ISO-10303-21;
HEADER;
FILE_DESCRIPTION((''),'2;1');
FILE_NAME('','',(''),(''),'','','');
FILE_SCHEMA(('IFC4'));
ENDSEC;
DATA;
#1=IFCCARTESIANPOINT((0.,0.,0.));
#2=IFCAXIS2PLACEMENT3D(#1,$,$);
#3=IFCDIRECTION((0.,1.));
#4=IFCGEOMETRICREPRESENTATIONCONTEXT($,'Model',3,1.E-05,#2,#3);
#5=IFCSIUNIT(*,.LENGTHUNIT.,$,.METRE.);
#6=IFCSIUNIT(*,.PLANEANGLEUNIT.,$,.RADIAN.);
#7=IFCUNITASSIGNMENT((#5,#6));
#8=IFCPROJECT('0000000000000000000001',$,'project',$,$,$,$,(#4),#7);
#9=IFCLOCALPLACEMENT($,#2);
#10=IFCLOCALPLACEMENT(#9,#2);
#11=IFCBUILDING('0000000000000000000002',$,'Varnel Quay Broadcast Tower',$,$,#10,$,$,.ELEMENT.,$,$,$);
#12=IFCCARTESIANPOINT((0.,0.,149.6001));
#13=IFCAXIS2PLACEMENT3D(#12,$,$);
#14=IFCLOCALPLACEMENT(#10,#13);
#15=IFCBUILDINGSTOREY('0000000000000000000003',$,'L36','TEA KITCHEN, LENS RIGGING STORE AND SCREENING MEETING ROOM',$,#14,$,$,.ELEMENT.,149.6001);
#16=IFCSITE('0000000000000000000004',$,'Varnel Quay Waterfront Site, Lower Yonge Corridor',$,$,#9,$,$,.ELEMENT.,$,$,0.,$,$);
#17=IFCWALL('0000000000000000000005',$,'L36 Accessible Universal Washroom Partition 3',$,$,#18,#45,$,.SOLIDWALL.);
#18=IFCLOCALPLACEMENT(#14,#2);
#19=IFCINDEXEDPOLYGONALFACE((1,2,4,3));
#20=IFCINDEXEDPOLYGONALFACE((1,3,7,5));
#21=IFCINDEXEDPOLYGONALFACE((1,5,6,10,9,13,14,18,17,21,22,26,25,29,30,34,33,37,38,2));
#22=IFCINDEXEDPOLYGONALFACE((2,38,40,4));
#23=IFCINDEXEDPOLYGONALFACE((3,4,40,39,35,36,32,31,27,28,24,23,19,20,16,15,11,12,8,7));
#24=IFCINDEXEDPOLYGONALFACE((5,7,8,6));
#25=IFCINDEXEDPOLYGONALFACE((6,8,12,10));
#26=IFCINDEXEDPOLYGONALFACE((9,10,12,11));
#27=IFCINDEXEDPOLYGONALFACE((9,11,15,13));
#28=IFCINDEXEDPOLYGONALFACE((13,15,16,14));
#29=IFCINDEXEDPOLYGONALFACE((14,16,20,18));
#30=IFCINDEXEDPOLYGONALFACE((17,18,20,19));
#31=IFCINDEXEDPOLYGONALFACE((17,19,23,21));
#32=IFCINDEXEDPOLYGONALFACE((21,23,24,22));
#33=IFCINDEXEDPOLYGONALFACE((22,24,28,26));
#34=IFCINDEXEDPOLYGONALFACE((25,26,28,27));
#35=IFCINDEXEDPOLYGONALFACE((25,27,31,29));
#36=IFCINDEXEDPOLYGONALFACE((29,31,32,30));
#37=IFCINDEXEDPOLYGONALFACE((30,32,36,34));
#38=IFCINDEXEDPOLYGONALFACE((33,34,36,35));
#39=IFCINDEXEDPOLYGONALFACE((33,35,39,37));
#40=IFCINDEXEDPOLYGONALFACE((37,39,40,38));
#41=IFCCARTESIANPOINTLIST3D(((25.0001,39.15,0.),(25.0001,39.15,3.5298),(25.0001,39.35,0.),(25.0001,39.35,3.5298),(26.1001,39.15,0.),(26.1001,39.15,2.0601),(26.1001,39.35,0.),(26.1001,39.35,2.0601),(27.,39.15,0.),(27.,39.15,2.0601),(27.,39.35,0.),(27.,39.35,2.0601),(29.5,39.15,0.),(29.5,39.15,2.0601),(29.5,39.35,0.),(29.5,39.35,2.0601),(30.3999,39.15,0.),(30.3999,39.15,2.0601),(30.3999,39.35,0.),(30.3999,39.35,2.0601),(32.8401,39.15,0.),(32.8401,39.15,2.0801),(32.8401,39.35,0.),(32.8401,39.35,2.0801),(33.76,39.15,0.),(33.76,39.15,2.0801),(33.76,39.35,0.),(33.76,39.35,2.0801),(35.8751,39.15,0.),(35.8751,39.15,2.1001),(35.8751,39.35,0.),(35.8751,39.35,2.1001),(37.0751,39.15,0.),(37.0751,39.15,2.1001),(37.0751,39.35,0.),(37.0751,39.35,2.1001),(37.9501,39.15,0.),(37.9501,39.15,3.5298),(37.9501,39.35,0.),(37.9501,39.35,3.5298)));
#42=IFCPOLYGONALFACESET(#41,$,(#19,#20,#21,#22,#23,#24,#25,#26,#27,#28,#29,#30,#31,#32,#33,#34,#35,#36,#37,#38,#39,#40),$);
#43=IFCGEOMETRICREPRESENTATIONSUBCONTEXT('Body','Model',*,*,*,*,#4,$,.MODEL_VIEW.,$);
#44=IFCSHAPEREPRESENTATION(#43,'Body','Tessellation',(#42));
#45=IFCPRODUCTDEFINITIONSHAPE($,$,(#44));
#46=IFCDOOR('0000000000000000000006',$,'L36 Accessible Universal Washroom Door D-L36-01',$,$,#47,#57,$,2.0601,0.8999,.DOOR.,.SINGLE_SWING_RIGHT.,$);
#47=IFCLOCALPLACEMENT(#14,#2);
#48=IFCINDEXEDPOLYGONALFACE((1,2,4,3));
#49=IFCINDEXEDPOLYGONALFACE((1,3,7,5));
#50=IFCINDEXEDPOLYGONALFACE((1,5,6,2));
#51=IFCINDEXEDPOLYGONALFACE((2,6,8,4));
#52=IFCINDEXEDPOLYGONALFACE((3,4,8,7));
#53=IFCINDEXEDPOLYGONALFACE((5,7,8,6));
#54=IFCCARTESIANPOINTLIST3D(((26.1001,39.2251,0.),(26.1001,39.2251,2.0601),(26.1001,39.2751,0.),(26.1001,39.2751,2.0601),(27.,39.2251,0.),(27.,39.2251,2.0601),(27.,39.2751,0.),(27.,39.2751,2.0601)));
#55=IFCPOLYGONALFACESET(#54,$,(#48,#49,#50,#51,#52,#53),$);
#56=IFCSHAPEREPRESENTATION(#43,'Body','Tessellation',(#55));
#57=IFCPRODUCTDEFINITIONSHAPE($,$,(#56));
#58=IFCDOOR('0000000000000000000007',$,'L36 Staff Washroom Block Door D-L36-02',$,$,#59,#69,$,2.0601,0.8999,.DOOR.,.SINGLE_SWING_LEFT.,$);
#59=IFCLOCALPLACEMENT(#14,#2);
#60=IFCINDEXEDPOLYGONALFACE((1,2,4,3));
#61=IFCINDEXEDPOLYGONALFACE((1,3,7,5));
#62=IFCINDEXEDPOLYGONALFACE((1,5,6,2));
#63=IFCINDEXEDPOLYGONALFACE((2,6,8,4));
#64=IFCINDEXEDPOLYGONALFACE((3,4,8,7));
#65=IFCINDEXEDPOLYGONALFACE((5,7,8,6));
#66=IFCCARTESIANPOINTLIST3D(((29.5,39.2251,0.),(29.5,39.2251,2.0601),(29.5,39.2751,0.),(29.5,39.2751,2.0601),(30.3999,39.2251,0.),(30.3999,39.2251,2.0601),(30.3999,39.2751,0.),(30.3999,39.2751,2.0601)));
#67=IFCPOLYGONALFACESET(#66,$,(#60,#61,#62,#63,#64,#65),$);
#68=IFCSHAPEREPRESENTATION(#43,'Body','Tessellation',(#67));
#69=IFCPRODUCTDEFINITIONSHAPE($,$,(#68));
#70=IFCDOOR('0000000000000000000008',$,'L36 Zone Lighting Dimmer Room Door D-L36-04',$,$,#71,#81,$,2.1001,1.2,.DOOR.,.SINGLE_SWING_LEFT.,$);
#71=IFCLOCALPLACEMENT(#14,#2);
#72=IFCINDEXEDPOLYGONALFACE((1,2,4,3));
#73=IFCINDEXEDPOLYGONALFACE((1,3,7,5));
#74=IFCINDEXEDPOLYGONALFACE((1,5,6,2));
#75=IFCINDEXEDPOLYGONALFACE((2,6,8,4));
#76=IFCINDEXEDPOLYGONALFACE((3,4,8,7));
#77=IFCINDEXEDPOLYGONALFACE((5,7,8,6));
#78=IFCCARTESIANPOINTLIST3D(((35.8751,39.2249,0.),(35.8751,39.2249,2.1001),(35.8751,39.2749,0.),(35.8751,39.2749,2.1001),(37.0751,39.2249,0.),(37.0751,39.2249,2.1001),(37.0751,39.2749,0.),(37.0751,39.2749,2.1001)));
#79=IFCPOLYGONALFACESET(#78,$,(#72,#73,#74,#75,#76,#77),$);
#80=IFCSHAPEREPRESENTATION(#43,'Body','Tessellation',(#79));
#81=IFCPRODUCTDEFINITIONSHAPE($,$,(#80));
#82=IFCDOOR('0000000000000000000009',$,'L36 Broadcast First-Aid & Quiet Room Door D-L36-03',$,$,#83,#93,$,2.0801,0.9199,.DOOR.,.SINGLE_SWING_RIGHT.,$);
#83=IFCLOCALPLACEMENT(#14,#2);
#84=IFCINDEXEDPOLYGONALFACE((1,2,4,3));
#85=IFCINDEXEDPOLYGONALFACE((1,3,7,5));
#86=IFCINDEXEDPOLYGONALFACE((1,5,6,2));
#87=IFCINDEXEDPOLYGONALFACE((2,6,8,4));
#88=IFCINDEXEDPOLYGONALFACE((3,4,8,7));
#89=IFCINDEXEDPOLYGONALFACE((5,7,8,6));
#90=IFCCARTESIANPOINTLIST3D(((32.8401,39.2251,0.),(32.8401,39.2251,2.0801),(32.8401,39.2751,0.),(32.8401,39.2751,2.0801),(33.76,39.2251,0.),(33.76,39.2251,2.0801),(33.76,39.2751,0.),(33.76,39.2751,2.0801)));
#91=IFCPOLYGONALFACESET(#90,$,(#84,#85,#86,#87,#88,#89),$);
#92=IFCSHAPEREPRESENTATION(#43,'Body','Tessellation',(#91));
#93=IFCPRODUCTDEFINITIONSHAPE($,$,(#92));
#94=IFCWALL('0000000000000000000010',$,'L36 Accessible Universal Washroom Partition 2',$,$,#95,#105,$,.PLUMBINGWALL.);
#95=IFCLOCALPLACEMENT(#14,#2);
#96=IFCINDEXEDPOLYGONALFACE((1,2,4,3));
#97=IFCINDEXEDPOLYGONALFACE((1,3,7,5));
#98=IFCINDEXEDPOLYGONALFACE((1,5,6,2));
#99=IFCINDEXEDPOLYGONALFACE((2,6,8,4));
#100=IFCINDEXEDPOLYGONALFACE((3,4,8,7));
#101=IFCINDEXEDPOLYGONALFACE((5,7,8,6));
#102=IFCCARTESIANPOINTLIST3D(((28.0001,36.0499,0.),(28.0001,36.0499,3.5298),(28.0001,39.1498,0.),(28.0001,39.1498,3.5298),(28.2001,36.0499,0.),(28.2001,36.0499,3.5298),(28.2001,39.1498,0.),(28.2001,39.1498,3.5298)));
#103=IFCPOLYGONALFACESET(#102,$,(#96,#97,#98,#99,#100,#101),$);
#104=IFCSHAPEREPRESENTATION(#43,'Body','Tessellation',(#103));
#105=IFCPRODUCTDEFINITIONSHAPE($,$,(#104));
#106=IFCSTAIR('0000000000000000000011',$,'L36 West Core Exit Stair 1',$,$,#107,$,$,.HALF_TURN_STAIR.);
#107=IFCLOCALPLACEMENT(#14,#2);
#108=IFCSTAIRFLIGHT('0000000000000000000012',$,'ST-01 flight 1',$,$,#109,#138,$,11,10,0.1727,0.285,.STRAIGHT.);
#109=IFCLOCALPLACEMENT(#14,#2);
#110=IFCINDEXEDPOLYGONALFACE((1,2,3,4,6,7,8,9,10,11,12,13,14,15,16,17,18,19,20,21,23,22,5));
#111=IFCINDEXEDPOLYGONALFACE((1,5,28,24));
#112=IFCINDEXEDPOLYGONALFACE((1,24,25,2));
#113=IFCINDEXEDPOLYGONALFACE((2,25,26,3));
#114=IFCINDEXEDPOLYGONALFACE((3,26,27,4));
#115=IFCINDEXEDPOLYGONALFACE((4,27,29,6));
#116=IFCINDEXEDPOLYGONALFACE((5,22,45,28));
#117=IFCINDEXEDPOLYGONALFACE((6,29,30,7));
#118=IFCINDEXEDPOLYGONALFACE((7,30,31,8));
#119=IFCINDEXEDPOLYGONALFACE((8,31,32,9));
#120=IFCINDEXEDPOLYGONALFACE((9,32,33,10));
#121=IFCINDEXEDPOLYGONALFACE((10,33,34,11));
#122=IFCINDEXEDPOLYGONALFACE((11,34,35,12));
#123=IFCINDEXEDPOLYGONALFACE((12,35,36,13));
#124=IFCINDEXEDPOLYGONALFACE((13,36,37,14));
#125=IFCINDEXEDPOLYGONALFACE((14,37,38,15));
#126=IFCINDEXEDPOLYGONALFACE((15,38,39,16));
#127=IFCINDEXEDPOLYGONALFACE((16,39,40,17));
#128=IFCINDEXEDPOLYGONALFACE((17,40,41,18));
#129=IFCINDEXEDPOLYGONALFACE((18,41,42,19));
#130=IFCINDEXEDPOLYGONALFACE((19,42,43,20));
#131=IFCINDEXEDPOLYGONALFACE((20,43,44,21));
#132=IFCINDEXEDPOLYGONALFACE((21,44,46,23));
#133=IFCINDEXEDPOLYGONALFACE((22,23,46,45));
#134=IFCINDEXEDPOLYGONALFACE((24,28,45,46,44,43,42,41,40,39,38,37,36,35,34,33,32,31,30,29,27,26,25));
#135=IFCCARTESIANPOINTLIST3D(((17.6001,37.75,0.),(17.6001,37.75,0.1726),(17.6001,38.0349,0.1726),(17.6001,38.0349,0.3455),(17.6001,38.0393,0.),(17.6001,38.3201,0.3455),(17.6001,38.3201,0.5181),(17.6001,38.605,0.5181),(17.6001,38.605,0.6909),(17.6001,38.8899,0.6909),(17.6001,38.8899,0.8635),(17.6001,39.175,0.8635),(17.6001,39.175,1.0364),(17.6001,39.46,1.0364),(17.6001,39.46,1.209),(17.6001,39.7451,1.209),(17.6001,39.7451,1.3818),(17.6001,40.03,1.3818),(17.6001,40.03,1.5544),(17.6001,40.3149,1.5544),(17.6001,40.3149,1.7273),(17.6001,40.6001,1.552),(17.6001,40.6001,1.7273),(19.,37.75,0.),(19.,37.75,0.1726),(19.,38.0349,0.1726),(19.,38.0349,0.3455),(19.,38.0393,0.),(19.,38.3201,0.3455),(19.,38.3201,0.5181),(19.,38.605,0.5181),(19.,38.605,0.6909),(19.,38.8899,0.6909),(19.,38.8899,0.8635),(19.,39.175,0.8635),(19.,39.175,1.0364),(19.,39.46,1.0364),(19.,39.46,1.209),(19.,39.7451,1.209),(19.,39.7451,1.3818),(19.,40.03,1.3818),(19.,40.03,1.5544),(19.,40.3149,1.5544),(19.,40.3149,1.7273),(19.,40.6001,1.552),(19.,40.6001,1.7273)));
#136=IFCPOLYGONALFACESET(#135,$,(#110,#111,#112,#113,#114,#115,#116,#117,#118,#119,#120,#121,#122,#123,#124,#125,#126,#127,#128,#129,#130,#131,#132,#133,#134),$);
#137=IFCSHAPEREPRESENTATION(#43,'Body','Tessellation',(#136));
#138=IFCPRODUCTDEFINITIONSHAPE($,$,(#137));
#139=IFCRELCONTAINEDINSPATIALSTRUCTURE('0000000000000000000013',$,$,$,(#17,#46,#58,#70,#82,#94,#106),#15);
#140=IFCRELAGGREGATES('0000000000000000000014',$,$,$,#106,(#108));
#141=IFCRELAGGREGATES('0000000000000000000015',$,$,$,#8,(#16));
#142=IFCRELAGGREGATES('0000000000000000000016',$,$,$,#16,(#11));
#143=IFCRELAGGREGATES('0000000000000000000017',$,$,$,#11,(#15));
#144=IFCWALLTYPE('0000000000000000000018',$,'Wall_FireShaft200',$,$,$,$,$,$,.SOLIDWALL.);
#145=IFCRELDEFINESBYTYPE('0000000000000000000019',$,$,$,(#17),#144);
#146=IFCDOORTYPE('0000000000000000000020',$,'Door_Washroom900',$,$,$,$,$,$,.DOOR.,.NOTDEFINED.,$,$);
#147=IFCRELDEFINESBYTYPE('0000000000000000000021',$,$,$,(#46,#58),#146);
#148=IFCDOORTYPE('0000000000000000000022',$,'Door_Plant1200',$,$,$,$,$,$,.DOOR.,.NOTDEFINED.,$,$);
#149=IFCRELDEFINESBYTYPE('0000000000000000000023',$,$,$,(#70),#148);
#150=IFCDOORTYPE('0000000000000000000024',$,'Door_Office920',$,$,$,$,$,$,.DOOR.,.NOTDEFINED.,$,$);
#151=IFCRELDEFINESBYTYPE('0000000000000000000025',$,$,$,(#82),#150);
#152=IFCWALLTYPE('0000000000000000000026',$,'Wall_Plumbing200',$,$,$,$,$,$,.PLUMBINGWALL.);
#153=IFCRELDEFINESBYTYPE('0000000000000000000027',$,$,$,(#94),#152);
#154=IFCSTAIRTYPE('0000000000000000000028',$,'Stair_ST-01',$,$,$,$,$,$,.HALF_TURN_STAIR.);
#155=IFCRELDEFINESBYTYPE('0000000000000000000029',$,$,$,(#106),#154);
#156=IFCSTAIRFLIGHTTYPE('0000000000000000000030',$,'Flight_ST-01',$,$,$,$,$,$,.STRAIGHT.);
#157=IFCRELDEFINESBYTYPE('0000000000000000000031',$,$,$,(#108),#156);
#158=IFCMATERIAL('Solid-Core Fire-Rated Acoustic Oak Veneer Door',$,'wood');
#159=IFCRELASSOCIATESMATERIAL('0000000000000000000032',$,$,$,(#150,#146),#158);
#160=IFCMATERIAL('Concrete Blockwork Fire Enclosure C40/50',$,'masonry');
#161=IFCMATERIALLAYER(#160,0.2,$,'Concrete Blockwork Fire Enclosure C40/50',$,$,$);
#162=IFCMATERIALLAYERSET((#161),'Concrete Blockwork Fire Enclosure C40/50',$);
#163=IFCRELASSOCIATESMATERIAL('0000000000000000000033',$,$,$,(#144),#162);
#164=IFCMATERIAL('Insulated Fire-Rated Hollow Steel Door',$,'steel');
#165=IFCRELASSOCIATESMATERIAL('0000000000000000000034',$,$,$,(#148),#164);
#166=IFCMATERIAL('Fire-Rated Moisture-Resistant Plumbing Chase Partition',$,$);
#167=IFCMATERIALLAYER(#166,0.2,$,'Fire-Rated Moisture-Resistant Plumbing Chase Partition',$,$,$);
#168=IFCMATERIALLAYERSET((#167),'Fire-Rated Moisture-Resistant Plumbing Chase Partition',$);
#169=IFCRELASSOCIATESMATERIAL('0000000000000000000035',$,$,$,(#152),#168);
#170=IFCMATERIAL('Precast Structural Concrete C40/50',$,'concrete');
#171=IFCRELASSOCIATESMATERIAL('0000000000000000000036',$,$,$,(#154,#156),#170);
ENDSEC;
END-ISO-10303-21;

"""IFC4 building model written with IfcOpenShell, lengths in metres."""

from ifc_helpers import new_model, si_unit, direction, frame, frame_2d, origin, place, context, subcontext, project, spatial, polyline, rectangle, outline, extrude, source, transform, mapped, material, layer, layer_set, type_object, type_shapes, element, fill, aggregate, save


model = new_model("IFC4")

# Units and contexts
model_context = context("Model", 3, precision=1e-05, world=origin(), true_north=direction((0.0, 1.0)))
body_context = subcontext(model_context, "Body", "Model", "MODEL_VIEW")
ifc_project = project(units=[si_unit("LENGTHUNIT", "METRE"), si_unit("PLANEANGLEUNIT", "RADIAN")], contexts=[model_context])

# Site, building, storey
site_placement = place(None, origin())
site = spatial("IfcSite", under=ifc_project, at=site_placement, Name="Varnel Quay Waterfront Site, Lower Yonge Corridor", CompositionType="ELEMENT", RefElevation=0.0)
building_placement = place(site_placement, origin())
building = spatial("IfcBuilding", under=site, at=building_placement, Name="Varnel Quay Broadcast Tower", CompositionType="ELEMENT")
storey_placement = place(building_placement, frame((0.0, 0.0, 149.6001)))
storey = spatial("IfcBuildingStorey", under=building, at=storey_placement, Name="L36", Description="TEA KITCHEN, LENS RIGGING STORE AND SCREENING MEETING ROOM", CompositionType="ELEMENT", Elevation=149.6001)

# Wall, openings, doors
ifc_material_1 = material(Name="Solid-Core Fire-Rated Acoustic Oak Veneer Door", Category="wood")
door_type_1 = type_object("IfcDoorType", Name="Door_Office920", OperationType="NOTDEFINED", PredefinedType="DOOR", material=ifc_material_1)
shared_shape_1 = source(origin(), body_context, "Body", "SweptSolid", [
    extrude(rectangle(XDim=0.9199, YDim=2.0801, at=frame_2d((0.46, 1.04))), frame((0.0, 0.0249, 0.0), z_axis=(0.0, -1.0, 0.0), x_axis=(1.0, 0.0, 0.0)), (0.0, 0.0, 1.0), 0.05),
])
type_shapes(door_type_1, [shared_shape_1])
ifc_material_2 = material(Name="Concrete Blockwork Fire Enclosure C40/50", Category="masonry")
ifc_layer_1 = layer(ifc_material_2, 0.2, Name="Concrete Blockwork Fire Enclosure C40/50")
ifc_layer_set_1 = layer_set([ifc_layer_1], Name="Concrete Blockwork Fire Enclosure C40/50")
wall_type_1 = type_object("IfcWallType", Name="Wall_FireShaft200", PredefinedType="SOLIDWALL", material=ifc_layer_set_1)
wall_1_placement = place(storey_placement, frame((25.0, 39.25, 0.0), z_axis=(0.0, 0.0, 1.0), x_axis=(1.0, 0.0, 0.0)))
wall_1 = element("IfcWall", 1, at=wall_1_placement, inside=storey, type_object=wall_type_1, Name="L36 Accessible Universal Washroom Partition 3", PredefinedType="SOLIDWALL", context=body_context, shape_type="SweptSolid", body=[
    extrude(rectangle(XDim=12.95, YDim=0.2, at=frame_2d((6.4751, 0.0))), origin(), (0.0, 0.0, 1.0), 3.5298),
])
opening_1_placement = place(wall_1_placement, frame((1.1001, 0.0, 0.0)))
opening_1 = element("IfcOpeningElement", 2, at=opening_1_placement, cuts=wall_1, PredefinedType="OPENING", context=body_context, shape_type="SweptSolid", body=[
    extrude(rectangle(XDim=0.8999, YDim=2.0601, at=frame_2d((0.45, 1.03))), frame((0.0, 0.1099, 0.0), z_axis=(0.0, -1.0, 0.0), x_axis=(1.0, 0.0, 0.0)), (0.0, 0.0, 1.0), 0.22),
])
opening_2_placement = place(wall_1_placement, frame((4.5, 0.0, 0.0)))
opening_2 = element("IfcOpeningElement", 3, at=opening_2_placement, cuts=wall_1, PredefinedType="OPENING", context=body_context, shape_type="SweptSolid", body=[
    extrude(rectangle(XDim=0.8999, YDim=2.0601, at=frame_2d((0.45, 1.03))), frame((0.0, 0.1099, 0.0), z_axis=(0.0, -1.0, 0.0), x_axis=(1.0, 0.0, 0.0)), (0.0, 0.0, 1.0), 0.22),
])
opening_3_placement = place(wall_1_placement, frame((7.8401, 0.0, 0.0)))
opening_3 = element("IfcOpeningElement", 4, at=opening_3_placement, cuts=wall_1, PredefinedType="OPENING", context=body_context, shape_type="SweptSolid", body=[
    extrude(rectangle(XDim=0.9199, YDim=2.0801, at=frame_2d((0.46, 1.04))), frame((0.0, 0.1099, 0.0), z_axis=(0.0, -1.0, 0.0), x_axis=(1.0, 0.0, 0.0)), (0.0, 0.0, 1.0), 0.22),
])
opening_4_placement = place(wall_1_placement, frame((10.875, 0.0, 0.0)))
opening_4 = element("IfcOpeningElement", 5, at=opening_4_placement, cuts=wall_1, PredefinedType="OPENING", context=body_context, shape_type="SweptSolid", body=[
    extrude(rectangle(XDim=1.2, YDim=2.1001, at=frame_2d((0.6001, 1.05))), frame((0.0, 0.1099, 0.0), z_axis=(0.0, -1.0, 0.0), x_axis=(1.0, 0.0, 0.0)), (0.0, 0.0, 1.0), 0.22),
])
door_type_2 = type_object("IfcDoorType", Name="Door_Washroom900", OperationType="NOTDEFINED", PredefinedType="DOOR", material=ifc_material_1)
shared_shape_2 = source(origin(), body_context, "Body", "SweptSolid", [
    extrude(rectangle(XDim=0.8999, YDim=2.0601, at=frame_2d((0.45, 1.03))), frame((0.0, 0.0249, 0.0), z_axis=(0.0, -1.0, 0.0), x_axis=(1.0, 0.0, 0.0)), (0.0, 0.0, 1.0), 0.05),
])
type_shapes(door_type_2, [shared_shape_2])
door_1_placement = place(opening_1_placement, frame((0.8999, 0.0, 0.0), z_axis=(0.0, 0.0, 1.0), x_axis=(-1.0, 0.0, 0.0)))
door_1 = element("IfcDoor", 6, at=door_1_placement, inside=storey, type_object=door_type_2, Name="L36 Accessible Universal Washroom Door D-L36-01", OperationType="SINGLE_SWING_RIGHT", OverallHeight=2.0601, OverallWidth=0.8999, PredefinedType="DOOR", context=body_context, shape_type="MappedRepresentation", body=[
    mapped(shared_shape_2, transform((0.0, 0.0, 0.0), x_axis=(1.0, 0.0, 0.0), y_axis=(0.0, 1.0, 0.0), z_axis=(0.0, 0.0, 1.0), scale=1.0)),
])
fill(opening_1, door_1)
door_2_placement = place(opening_2_placement, frame((0.8999, 0.0, 0.0), z_axis=(0.0, 0.0, 1.0), x_axis=(-1.0, 0.0, 0.0)))
door_2 = element("IfcDoor", 7, at=door_2_placement, inside=storey, type_object=door_type_2, Name="L36 Staff Washroom Block Door D-L36-02", OperationType="SINGLE_SWING_LEFT", OverallHeight=2.0601, OverallWidth=0.8999, PredefinedType="DOOR", context=body_context, shape_type="MappedRepresentation", body=[
    mapped(shared_shape_2, transform((0.0, 0.0, 0.0), x_axis=(1.0, 0.0, 0.0), y_axis=(0.0, 1.0, 0.0), z_axis=(0.0, 0.0, 1.0), scale=1.0)),
])
fill(opening_2, door_2)
ifc_material_3 = material(Name="Insulated Fire-Rated Hollow Steel Door", Category="steel")
door_type_3 = type_object("IfcDoorType", Name="Door_Plant1200", OperationType="NOTDEFINED", PredefinedType="DOOR", material=ifc_material_3)
shared_shape_3 = source(origin(), body_context, "Body", "SweptSolid", [
    extrude(rectangle(XDim=1.2, YDim=2.1001, at=frame_2d((0.6001, 1.05))), frame((0.0, 0.0249, 0.0), z_axis=(0.0, -1.0, 0.0), x_axis=(1.0, 0.0, 0.0)), (0.0, 0.0, 1.0), 0.05),
])
type_shapes(door_type_3, [shared_shape_3])
door_3_placement = place(opening_4_placement, origin())
door_3 = element("IfcDoor", 8, at=door_3_placement, inside=storey, type_object=door_type_3, Name="L36 Zone Lighting Dimmer Room Door D-L36-04", OperationType="SINGLE_SWING_LEFT", OverallHeight=2.1001, OverallWidth=1.2, PredefinedType="DOOR", context=body_context, shape_type="MappedRepresentation", body=[
    mapped(shared_shape_3, transform((0.0, 0.0, 0.0), x_axis=(1.0, 0.0, 0.0), y_axis=(0.0, 1.0, 0.0), z_axis=(0.0, 0.0, 1.0), scale=1.0)),
])
fill(opening_4, door_3)
door_4_placement = place(opening_3_placement, frame((0.9199, 0.0, 0.0), z_axis=(0.0, 0.0, 1.0), x_axis=(-1.0, 0.0, 0.0)))
door_4 = element("IfcDoor", 9, at=door_4_placement, inside=storey, type_object=door_type_1, Name="L36 Broadcast First-Aid & Quiet Room Door D-L36-03", OperationType="SINGLE_SWING_RIGHT", OverallHeight=2.0801, OverallWidth=0.9199, PredefinedType="DOOR", context=body_context, shape_type="MappedRepresentation", body=[
    mapped(shared_shape_1, transform((0.0, 0.0, 0.0), x_axis=(1.0, 0.0, 0.0), y_axis=(0.0, 1.0, 0.0), z_axis=(0.0, 0.0, 1.0), scale=1.0)),
])
fill(opening_3, door_4)

# Wall
ifc_material_4 = material(Name="Fire-Rated Moisture-Resistant Plumbing Chase Partition")
ifc_layer_2 = layer(ifc_material_4, 0.2, Name="Fire-Rated Moisture-Resistant Plumbing Chase Partition")
ifc_layer_set_2 = layer_set([ifc_layer_2], Name="Fire-Rated Moisture-Resistant Plumbing Chase Partition")
wall_type_2 = type_object("IfcWallType", Name="Wall_Plumbing200", PredefinedType="PLUMBINGWALL", material=ifc_layer_set_2)
wall_2_placement = place(storey_placement, frame((28.1001, 36.05, 0.0), z_axis=(0.0, 0.0, 1.0), x_axis=(0.0, 1.0, 0.0)))
element("IfcWall", 10, at=wall_2_placement, inside=storey, type_object=wall_type_2, Name="L36 Accessible Universal Washroom Partition 2", PredefinedType="PLUMBINGWALL", context=body_context, shape_type="SweptSolid", body=[
    extrude(rectangle(XDim=3.0999, YDim=0.2, at=frame_2d((1.5498, 0.0))), origin(), (0.0, 0.0, 1.0), 3.5298),
])

# Stair, stair flight
ifc_material_5 = material(Name="Precast Structural Concrete C40/50", Category="concrete")
stair_type = type_object("IfcStairType", Name="Stair_ST-01", PredefinedType="HALF_TURN_STAIR", material=ifc_material_5)
stair_placement = place(storey_placement, origin())
stair = element("IfcStair", 11, at=stair_placement, inside=storey, type_object=stair_type, Name="L36 West Core Exit Stair 1", PredefinedType="HALF_TURN_STAIR")
stair_flight_type = type_object("IfcStairFlightType", Name="Flight_ST-01", PredefinedType="STRAIGHT", material=ifc_material_5)
stair_flight_1_placement = place(storey_placement, frame((18.3, 37.75, 0.0), z_axis=(0.0, 0.0, 1.0), x_axis=(0.0, 1.0, 0.0)))
stair_flight_1 = element("IfcStairFlight", 12, at=stair_flight_1_placement, type_object=stair_flight_type, Name="ST-01 flight 1", NumberOfRisers=11, NumberOfTreads=10, PredefinedType="STRAIGHT", RiserHeight=0.1727, TreadLength=0.285, context=body_context, shape_type="SweptSolid", body=[
    extrude(outline(polyline([(0.0, 0.0), (0.0, 0.1726), (0.2849, 0.1726), (0.2849, 0.3455), (0.5701, 0.3455), (0.5701, 0.5181), (0.855, 0.5181), (0.855, 0.6909), (1.1399, 0.6909), (1.1399, 0.8635), (1.425, 0.8635), (1.425, 1.0364), (1.71, 1.0364), (1.71, 1.209), (1.9951, 1.209), (1.9951, 1.3818), (2.28, 1.3818), (2.28, 1.5544), (2.5649, 1.5544), (2.5649, 1.7273), (2.8501, 1.7273), (2.8501, 1.8999), (2.8501, 1.552), (0.2893, 0.0), (0.0, 0.0)])), frame((0.0, 0.7, 0.0), z_axis=(0.0, -1.0, 0.0), x_axis=(1.0, 0.0, 0.0)), (0.0, 0.0, 1.0), 1.3999),
])
aggregate(stair, [stair_flight_1])

save(model, "model.ifc")
